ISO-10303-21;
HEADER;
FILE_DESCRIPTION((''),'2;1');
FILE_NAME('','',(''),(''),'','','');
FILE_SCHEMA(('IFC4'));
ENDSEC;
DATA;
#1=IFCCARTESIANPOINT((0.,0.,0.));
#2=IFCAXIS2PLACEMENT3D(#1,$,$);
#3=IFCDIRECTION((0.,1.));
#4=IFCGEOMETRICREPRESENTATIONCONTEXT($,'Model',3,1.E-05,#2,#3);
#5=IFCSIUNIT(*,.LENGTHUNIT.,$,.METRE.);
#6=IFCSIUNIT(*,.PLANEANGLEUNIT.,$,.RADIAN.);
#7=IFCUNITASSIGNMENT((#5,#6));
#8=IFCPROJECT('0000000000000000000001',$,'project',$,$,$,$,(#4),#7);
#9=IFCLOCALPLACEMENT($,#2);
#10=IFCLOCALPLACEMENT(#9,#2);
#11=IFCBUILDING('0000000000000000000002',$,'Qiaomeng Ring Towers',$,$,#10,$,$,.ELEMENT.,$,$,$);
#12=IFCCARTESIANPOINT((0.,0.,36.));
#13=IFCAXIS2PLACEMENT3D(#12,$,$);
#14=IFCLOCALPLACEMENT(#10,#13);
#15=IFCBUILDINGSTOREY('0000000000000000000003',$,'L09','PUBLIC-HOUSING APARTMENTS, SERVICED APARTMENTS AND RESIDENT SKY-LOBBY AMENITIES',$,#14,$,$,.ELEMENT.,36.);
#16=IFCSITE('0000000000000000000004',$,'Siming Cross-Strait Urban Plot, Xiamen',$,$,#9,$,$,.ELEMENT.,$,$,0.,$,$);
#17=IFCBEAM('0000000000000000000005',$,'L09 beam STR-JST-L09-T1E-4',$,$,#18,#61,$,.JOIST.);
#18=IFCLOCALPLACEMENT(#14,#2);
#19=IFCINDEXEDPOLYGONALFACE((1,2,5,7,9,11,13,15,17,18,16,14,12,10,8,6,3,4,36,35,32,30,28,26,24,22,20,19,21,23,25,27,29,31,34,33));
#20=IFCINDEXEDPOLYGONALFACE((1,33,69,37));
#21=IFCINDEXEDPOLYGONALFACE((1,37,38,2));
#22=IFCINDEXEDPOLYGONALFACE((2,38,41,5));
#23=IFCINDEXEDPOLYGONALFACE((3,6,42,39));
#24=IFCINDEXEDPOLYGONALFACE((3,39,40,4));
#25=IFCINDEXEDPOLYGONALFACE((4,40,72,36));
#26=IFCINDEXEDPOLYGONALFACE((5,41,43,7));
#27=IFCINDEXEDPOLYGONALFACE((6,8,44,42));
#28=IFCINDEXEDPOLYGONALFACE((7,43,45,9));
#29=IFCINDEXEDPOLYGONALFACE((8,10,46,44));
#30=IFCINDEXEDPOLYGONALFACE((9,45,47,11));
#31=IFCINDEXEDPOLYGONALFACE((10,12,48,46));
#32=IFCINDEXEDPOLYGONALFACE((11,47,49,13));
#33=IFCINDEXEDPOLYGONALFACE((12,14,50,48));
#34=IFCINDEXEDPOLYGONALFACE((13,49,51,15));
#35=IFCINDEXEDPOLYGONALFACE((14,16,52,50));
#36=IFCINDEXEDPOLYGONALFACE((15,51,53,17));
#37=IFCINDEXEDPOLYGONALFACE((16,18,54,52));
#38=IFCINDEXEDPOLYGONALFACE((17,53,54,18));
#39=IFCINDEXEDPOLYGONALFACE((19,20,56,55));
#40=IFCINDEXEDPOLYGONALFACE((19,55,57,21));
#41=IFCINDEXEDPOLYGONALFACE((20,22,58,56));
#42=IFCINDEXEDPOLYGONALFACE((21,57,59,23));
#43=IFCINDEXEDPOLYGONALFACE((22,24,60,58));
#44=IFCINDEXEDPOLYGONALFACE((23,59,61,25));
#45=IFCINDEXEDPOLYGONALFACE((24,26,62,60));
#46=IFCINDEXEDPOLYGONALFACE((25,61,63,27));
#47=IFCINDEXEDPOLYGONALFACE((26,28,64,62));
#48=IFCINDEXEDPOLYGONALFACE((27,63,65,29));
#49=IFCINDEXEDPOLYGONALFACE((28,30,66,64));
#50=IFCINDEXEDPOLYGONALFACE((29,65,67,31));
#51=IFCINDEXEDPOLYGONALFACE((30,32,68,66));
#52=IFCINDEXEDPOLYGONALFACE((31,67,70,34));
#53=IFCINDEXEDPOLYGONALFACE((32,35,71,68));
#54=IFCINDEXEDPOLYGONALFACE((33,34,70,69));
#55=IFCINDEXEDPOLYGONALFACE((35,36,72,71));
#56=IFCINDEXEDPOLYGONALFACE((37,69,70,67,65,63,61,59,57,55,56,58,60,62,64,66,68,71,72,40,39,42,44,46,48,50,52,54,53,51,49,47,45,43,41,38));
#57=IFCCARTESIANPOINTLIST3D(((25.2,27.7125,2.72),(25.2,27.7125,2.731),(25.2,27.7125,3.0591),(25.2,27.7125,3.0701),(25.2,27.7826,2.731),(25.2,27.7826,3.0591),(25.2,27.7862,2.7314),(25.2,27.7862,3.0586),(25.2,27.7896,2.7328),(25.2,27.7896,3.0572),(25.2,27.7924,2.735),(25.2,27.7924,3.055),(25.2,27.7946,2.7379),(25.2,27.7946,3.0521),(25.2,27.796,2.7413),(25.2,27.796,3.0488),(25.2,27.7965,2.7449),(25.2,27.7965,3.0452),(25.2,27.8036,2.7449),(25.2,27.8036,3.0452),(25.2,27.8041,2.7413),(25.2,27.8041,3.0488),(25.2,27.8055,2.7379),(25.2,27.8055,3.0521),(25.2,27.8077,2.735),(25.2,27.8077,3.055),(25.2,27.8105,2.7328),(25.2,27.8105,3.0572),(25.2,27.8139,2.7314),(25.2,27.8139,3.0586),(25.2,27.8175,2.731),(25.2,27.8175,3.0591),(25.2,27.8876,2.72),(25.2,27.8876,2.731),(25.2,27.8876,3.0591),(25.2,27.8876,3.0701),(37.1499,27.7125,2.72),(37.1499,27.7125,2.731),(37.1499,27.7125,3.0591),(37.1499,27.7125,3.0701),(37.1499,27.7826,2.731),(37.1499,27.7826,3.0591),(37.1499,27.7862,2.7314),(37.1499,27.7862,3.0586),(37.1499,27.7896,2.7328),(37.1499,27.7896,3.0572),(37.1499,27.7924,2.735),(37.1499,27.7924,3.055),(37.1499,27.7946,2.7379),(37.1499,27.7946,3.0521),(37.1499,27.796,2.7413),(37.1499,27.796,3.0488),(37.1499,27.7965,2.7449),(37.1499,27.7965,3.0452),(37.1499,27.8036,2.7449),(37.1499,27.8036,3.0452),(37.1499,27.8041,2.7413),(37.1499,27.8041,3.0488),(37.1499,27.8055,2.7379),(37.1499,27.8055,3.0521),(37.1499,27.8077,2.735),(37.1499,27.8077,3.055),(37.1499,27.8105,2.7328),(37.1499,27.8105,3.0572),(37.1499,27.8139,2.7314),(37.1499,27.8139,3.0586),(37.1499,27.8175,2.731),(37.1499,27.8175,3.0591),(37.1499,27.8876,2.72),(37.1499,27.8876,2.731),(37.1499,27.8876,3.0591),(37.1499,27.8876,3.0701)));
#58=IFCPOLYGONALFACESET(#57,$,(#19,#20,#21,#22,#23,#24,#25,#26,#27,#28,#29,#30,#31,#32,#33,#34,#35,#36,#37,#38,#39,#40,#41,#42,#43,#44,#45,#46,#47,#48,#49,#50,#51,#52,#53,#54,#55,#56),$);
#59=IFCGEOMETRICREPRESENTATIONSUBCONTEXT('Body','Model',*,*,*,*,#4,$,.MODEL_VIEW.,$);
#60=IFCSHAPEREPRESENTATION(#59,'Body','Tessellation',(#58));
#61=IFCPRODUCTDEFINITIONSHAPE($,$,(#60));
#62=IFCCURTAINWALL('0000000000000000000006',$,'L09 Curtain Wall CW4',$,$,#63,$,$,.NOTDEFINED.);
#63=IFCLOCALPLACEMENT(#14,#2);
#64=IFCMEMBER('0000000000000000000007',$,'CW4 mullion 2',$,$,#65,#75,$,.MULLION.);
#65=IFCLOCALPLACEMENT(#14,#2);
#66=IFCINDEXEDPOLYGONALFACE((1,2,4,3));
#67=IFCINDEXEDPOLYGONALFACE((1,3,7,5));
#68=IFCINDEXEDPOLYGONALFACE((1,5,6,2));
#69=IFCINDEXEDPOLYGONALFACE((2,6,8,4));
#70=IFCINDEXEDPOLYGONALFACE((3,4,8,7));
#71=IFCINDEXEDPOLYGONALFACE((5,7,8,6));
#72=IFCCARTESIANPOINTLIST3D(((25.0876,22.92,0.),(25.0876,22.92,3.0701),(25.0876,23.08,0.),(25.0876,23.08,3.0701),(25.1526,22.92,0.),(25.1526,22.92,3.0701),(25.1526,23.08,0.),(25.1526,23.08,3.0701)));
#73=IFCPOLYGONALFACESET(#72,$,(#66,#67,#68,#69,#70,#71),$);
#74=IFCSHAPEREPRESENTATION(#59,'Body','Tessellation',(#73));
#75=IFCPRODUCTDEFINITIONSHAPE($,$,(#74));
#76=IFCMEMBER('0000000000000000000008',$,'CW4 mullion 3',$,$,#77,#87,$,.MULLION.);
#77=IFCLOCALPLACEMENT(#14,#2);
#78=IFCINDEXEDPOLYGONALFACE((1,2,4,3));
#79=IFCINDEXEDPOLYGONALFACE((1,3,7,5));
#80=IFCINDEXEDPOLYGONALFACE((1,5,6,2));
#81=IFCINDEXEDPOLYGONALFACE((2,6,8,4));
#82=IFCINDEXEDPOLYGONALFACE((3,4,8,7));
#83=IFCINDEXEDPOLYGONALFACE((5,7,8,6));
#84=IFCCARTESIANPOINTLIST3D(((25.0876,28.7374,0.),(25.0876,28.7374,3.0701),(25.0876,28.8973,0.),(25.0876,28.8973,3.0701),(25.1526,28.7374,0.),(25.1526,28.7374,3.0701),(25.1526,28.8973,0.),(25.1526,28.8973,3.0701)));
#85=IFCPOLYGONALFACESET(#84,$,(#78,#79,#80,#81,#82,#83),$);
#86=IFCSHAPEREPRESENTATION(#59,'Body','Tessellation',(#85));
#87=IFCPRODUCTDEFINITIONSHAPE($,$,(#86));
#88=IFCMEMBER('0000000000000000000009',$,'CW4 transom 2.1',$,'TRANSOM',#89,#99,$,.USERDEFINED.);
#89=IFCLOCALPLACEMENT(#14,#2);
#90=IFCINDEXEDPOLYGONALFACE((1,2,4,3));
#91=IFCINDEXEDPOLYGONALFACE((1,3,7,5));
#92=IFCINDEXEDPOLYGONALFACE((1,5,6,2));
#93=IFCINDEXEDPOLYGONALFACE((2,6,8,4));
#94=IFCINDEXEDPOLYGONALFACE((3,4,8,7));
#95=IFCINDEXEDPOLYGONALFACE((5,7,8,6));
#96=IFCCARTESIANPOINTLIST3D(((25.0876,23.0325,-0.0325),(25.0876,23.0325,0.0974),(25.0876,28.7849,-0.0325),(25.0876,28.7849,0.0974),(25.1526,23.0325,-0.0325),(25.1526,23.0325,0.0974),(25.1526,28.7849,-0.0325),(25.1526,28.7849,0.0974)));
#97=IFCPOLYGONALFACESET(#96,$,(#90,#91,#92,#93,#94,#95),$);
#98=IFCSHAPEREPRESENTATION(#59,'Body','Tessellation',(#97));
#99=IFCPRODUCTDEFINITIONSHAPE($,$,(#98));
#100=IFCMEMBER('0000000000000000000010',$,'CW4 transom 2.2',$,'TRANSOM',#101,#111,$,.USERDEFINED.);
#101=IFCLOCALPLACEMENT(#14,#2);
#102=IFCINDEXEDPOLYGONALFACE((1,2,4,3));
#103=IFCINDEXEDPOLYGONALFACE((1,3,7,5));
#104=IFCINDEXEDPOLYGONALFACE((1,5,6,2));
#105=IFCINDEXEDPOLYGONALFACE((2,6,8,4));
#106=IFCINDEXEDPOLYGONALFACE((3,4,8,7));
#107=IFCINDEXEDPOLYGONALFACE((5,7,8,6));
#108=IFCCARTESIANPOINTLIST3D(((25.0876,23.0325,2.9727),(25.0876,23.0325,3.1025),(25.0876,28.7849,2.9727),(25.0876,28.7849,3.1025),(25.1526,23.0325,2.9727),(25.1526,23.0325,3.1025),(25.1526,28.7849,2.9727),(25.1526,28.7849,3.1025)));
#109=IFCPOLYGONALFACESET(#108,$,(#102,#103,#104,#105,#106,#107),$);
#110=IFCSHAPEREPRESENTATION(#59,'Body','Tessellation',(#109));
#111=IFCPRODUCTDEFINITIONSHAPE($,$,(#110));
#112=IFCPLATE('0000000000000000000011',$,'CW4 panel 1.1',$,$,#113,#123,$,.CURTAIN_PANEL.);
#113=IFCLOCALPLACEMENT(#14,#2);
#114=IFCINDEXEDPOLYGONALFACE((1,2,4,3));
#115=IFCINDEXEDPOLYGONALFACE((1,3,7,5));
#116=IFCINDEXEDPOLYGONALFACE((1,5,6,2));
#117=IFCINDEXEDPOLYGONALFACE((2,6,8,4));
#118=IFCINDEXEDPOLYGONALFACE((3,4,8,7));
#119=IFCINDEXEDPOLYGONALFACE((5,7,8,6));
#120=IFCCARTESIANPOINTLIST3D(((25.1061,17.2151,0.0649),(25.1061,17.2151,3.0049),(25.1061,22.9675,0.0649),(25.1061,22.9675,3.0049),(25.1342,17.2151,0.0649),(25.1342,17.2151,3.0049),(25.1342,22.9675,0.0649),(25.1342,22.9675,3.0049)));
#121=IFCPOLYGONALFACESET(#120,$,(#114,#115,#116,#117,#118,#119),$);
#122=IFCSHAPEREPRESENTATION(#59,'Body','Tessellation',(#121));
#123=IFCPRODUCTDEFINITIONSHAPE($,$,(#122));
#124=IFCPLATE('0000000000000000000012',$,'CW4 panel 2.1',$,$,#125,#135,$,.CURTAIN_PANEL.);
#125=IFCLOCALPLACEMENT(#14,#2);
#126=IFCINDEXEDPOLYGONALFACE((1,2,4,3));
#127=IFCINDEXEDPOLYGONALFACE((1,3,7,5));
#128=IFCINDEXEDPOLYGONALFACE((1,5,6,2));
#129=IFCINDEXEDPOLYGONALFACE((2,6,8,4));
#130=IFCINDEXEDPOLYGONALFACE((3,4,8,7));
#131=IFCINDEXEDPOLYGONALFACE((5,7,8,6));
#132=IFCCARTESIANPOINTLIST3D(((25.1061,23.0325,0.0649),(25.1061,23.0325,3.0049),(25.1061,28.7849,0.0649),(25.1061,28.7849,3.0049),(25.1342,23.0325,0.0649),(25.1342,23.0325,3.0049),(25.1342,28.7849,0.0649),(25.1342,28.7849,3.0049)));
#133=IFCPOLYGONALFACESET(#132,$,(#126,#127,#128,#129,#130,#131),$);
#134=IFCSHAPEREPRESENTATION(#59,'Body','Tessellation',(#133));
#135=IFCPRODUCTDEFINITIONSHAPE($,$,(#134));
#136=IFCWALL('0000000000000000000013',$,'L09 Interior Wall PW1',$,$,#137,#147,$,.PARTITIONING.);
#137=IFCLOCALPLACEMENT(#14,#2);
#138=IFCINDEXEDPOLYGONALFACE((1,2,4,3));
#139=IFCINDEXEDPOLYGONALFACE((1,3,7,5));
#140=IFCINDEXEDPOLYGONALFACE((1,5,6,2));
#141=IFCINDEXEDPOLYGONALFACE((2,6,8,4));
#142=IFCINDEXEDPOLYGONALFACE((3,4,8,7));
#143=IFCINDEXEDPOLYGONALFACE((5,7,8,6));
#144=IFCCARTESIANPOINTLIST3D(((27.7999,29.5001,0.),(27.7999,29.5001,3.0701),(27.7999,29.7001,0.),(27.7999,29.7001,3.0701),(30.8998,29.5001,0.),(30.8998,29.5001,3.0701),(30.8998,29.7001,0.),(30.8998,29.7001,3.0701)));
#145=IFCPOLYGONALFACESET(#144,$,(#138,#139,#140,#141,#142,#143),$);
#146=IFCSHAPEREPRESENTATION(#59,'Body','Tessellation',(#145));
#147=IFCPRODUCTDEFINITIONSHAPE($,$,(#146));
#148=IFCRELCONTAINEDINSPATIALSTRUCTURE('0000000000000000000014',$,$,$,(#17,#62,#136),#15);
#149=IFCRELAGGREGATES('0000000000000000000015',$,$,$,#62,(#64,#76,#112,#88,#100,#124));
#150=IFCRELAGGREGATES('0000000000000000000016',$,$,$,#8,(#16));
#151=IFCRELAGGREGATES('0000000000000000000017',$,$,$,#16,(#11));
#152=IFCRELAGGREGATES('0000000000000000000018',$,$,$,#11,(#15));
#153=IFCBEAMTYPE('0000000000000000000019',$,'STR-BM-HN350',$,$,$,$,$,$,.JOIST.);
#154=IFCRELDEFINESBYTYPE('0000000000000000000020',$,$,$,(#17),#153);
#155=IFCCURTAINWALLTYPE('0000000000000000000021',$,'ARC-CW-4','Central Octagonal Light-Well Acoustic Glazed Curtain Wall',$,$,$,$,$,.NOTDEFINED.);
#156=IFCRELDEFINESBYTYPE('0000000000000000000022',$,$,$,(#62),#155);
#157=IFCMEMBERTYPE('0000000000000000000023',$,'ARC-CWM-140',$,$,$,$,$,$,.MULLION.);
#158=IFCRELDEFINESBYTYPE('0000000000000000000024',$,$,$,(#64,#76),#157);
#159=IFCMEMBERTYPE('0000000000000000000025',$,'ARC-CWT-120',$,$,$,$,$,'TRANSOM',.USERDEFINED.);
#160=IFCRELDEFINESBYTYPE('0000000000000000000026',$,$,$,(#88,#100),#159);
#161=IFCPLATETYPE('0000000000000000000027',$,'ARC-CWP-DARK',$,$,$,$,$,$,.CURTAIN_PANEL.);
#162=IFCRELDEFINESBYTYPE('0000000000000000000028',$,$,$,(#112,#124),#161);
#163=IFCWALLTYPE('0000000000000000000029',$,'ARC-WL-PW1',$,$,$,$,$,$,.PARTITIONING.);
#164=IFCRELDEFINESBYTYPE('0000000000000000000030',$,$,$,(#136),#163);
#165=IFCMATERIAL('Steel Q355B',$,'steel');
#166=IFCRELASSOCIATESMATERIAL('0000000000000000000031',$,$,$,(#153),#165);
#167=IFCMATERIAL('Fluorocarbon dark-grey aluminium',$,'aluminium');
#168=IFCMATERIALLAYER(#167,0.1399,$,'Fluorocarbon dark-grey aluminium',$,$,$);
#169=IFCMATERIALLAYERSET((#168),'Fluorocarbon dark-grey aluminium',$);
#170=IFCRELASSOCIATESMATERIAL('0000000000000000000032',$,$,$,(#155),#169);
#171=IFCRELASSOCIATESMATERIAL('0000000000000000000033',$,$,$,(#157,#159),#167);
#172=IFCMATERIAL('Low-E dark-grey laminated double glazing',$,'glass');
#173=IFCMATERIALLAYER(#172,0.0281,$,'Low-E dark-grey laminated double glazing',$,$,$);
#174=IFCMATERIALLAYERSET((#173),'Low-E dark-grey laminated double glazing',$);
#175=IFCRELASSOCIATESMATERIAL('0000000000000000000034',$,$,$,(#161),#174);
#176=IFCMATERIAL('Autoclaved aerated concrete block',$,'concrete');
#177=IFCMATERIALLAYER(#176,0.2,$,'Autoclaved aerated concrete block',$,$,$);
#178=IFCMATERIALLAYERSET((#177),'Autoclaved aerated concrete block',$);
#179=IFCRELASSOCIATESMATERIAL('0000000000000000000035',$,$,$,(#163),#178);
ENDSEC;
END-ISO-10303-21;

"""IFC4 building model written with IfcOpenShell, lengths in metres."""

from ifc_helpers import new_model, si_unit, direction, frame, frame_2d, origin, origin_2d, place, context, subcontext, project, spatial, rectangle, i_section, extrude, source, transform, mapped, material, layer, layer_set, material_profile, profile_set, type_object, element, aggregate, save


model = new_model("IFC4")

# Units and contexts
model_context = context("Model", 3, precision=1e-05, world=origin(), true_north=direction((0.0, 1.0)))
body_context = subcontext(model_context, "Body", "Model", "MODEL_VIEW")
ifc_project = project(units=[si_unit("LENGTHUNIT", "METRE"), si_unit("PLANEANGLEUNIT", "RADIAN")], contexts=[model_context])

# Site, building, storey
site_placement = place(None, origin())
site = spatial("IfcSite", under=ifc_project, at=site_placement, Name="Siming Cross-Strait Urban Plot, Xiamen", CompositionType="ELEMENT", RefElevation=0.0)
building_placement = place(site_placement, origin())
building = spatial("IfcBuilding", under=site, at=building_placement, Name="Qiaomeng Ring Towers", CompositionType="ELEMENT")
storey_placement = place(building_placement, frame((0.0, 0.0, 36.0)))
storey = spatial("IfcBuildingStorey", under=building, at=storey_placement, Name="L09", Description="PUBLIC-HOUSING APARTMENTS, SERVICED APARTMENTS AND RESIDENT SKY-LOBBY AMENITIES", CompositionType="ELEMENT", Elevation=36.0)

# Beam
ifc_material_1 = material(Name="Steel Q355B", Category="steel")
ifc_material_profile_1 = material_profile(ifc_material_1, i_section(OverallWidth=0.175, OverallDepth=0.3501, WebThickness=0.0071, FlangeThickness=0.011, FilletRadius=0.0139, at=origin_2d()), Name="HN 350x175x7x11")
ifc_profile_set_1 = profile_set([ifc_material_profile_1], Name="Steel Q355B")
beam_type_1 = type_object("IfcBeamType", Name="STR-BM-HN350", PredefinedType="JOIST", material=ifc_profile_set_1)
shared_shape_1 = source(origin(), body_context, "Body", "SweptSolid", [
    extrude(i_section(OverallWidth=0.175, OverallDepth=0.3501, WebThickness=0.0071, FlangeThickness=0.011, FilletRadius=0.0139, at=origin_2d()), origin(), (0.0, 0.0, 1.0), 11.95),
])
for number, where, z_axis, x_axis, name in (
    (1, (25.2, 27.8, 2.895), (1.0, 0.0, 0.0), (0.0, 1.0, 0.0), "L09 beam STR-JST-L09-T1E-4"),
):
    element("IfcBeam", number, at=place(storey_placement, frame(where, z_axis=z_axis, x_axis=x_axis)), inside=storey, type_object=beam_type_1, Name=name, PredefinedType="JOIST", context=body_context, shape_type="MappedRepresentation", body=[
        mapped(shared_shape_1, transform((0.0, 0.0, 0.0), x_axis=(1.0, 0.0, 0.0), y_axis=(0.0, 1.0, 0.0), z_axis=(0.0, 0.0, 1.0), scale=1.0)),
    ])

# Curtain wall, members, plates
ifc_material_2 = material(Name="Fluorocarbon dark-grey aluminium", Category="aluminium")
ifc_layer_1 = layer(ifc_material_2, 0.1399, Name="Fluorocarbon dark-grey aluminium")
ifc_layer_set_1 = layer_set([ifc_layer_1], Name="Fluorocarbon dark-grey aluminium")
curtain_wall_type = type_object("IfcCurtainWallType", Name="ARC-CW-4", Description="Central Octagonal Light-Well Acoustic Glazed Curtain Wall", PredefinedType="NOTDEFINED", material=ifc_layer_set_1)
curtain_wall_placement = place(storey_placement, origin())
curtain_wall = element("IfcCurtainWall", 2, at=curtain_wall_placement, inside=storey, type_object=curtain_wall_type, Name="L09 Curtain Wall CW4", PredefinedType="NOTDEFINED")
ifc_material_profile_2 = material_profile(ifc_material_2, rectangle(XDim=0.0649, YDim=0.1599, at=origin_2d()), Name="ALU MULL 65x160")
ifc_profile_set_2 = profile_set([ifc_material_profile_2], Name="Fluorocarbon dark-grey aluminium")
member_type_1 = type_object("IfcMemberType", Name="ARC-CWM-140", PredefinedType="MULLION", material=ifc_profile_set_2)
shared_shape_2 = source(origin(), body_context, "Body", "SweptSolid", [
    extrude(rectangle(XDim=0.0649, YDim=0.1599, at=origin_2d()), origin(), (0.0, 0.0, 1.0), 3.0701),
])
member_1_placement = place(storey_placement, frame((25.1201, 23.0, 0.0), z_axis=(0.0, 0.0, 1.0), x_axis=(-1.0, 0.0, 0.0)))
member_1 = element("IfcMember", 3, at=member_1_placement, type_object=member_type_1, Name="CW4 mullion 2", PredefinedType="MULLION", context=body_context, shape_type="MappedRepresentation", body=[
    mapped(shared_shape_2, transform((0.0, 0.0, 0.0), x_axis=(1.0, 0.0, 0.0), y_axis=(0.0, 1.0, 0.0), z_axis=(0.0, 0.0, 1.0), scale=1.0)),
])
member_2_placement = place(storey_placement, frame((25.1201, 28.8174, 0.0), z_axis=(0.0, 0.0, 1.0), x_axis=(-1.0, 0.0, 0.0)))
member_2 = element("IfcMember", 4, at=member_2_placement, type_object=member_type_1, Name="CW4 mullion 3", PredefinedType="MULLION", context=body_context, shape_type="MappedRepresentation", body=[
    mapped(shared_shape_2, transform((0.0, 0.0, 0.0), x_axis=(1.0, 0.0, 0.0), y_axis=(0.0, 1.0, 0.0), z_axis=(0.0, 0.0, 1.0), scale=1.0)),
])
ifc_material_profile_3 = material_profile(ifc_material_2, rectangle(XDim=0.0649, YDim=0.1299, at=origin_2d()), Name="ALU TRAN 65x130")
ifc_profile_set_3 = profile_set([ifc_material_profile_3], Name="Fluorocarbon dark-grey aluminium")
member_type_2 = type_object("IfcMemberType", Name="ARC-CWT-120", ElementType="TRANSOM", PredefinedType="USERDEFINED", material=ifc_profile_set_3)
shared_shape_3 = source(origin(), body_context, "Body", "SweptSolid", [
    extrude(rectangle(XDim=0.0649, YDim=0.1299, at=origin_2d()), origin(), (0.0, 0.0, 1.0), 5.7524),
])
member_3_placement = place(storey_placement, frame((25.1201, 23.0325, 0.0325), z_axis=(0.0, 1.0, 0.0), x_axis=(-1.0, 0.0, 0.0)))
member_3 = element("IfcMember", 5, at=member_3_placement, type_object=member_type_2, Name="CW4 transom 2.1", ObjectType="TRANSOM", PredefinedType="USERDEFINED", context=body_context, shape_type="MappedRepresentation", body=[
    mapped(shared_shape_3, transform((0.0, 0.0, 0.0), x_axis=(1.0, 0.0, 0.0), y_axis=(0.0, 1.0, 0.0), z_axis=(0.0, 0.0, 1.0), scale=1.0)),
])
member_4_placement = place(storey_placement, frame((25.1201, 23.0325, 3.0376), z_axis=(0.0, 1.0, 0.0), x_axis=(-1.0, 0.0, 0.0)))
member_4 = element("IfcMember", 6, at=member_4_placement, type_object=member_type_2, Name="CW4 transom 2.2", ObjectType="TRANSOM", PredefinedType="USERDEFINED", context=body_context, shape_type="MappedRepresentation", body=[
    mapped(shared_shape_3, transform((0.0, 0.0, 0.0), x_axis=(1.0, 0.0, 0.0), y_axis=(0.0, 1.0, 0.0), z_axis=(0.0, 0.0, 1.0), scale=1.0)),
])
ifc_material_3 = material(Name="Low-E dark-grey laminated double glazing", Category="glass")
ifc_layer_2 = layer(ifc_material_3, 0.0281, Name="Low-E dark-grey laminated double glazing")
ifc_layer_set_2 = layer_set([ifc_layer_2], Name="Low-E dark-grey laminated double glazing")
plate_type = type_object("IfcPlateType", Name="ARC-CWP-DARK", PredefinedType="CURTAIN_PANEL", material=ifc_layer_set_2)
shared_shape_4 = source(origin(), body_context, "Body", "SweptSolid", [
    extrude(rectangle(XDim=5.7524, YDim=0.0281, at=origin_2d()), origin(), (0.0, 0.0, 1.0), 2.9399),
])
plate_1_placement = place(storey_placement, frame((25.1201, 20.0913, 0.0649), z_axis=(0.0, 0.0, 1.0), x_axis=(0.0, 1.0, 0.0)))
plate_1 = element("IfcPlate", 7, at=plate_1_placement, type_object=plate_type, Name="CW4 panel 1.1", PredefinedType="CURTAIN_PANEL", context=body_context, shape_type="MappedRepresentation", body=[
    mapped(shared_shape_4, transform((0.0, 0.0, 0.0), x_axis=(1.0, 0.0, 0.0), y_axis=(0.0, 1.0, 0.0), z_axis=(0.0, 0.0, 1.0), scale=1.0)),
])
plate_2_placement = place(storey_placement, frame((25.1201, 25.9087, 0.0649), z_axis=(0.0, 0.0, 1.0), x_axis=(0.0, 1.0, 0.0)))
plate_2 = element("IfcPlate", 8, at=plate_2_placement, type_object=plate_type, Name="CW4 panel 2.1", PredefinedType="CURTAIN_PANEL", context=body_context, shape_type="MappedRepresentation", body=[
    mapped(shared_shape_4, transform((0.0, 0.0, 0.0), x_axis=(1.0, 0.0, 0.0), y_axis=(0.0, 1.0, 0.0), z_axis=(0.0, 0.0, 1.0), scale=1.0)),
])
aggregate(curtain_wall, [member_1, member_2, plate_1, member_3, member_4, plate_2])

# Wall
ifc_material_4 = material(Name="Autoclaved aerated concrete block", Category="concrete")
ifc_layer_3 = layer(ifc_material_4, 0.2, Name="Autoclaved aerated concrete block")
ifc_layer_set_3 = layer_set([ifc_layer_3], Name="Autoclaved aerated concrete block")
wall_type_1 = type_object("IfcWallType", Name="ARC-WL-PW1", PredefinedType="PARTITIONING", material=ifc_layer_set_3)
wall_1_placement = place(storey_placement, frame((27.8, 29.6001, 0.0), z_axis=(0.0, 0.0, 1.0), x_axis=(1.0, 0.0, 0.0)))
element("IfcWall", 9, at=wall_1_placement, inside=storey, type_object=wall_type_1, Name="L09 Interior Wall PW1", PredefinedType="PARTITIONING", context=body_context, shape_type="SweptSolid", body=[
    extrude(rectangle(XDim=3.0999, YDim=0.2, at=frame_2d((1.5498, 0.0))), origin(), (0.0, 0.0, 1.0), 3.0701),
])

save(model, "model.ifc")
